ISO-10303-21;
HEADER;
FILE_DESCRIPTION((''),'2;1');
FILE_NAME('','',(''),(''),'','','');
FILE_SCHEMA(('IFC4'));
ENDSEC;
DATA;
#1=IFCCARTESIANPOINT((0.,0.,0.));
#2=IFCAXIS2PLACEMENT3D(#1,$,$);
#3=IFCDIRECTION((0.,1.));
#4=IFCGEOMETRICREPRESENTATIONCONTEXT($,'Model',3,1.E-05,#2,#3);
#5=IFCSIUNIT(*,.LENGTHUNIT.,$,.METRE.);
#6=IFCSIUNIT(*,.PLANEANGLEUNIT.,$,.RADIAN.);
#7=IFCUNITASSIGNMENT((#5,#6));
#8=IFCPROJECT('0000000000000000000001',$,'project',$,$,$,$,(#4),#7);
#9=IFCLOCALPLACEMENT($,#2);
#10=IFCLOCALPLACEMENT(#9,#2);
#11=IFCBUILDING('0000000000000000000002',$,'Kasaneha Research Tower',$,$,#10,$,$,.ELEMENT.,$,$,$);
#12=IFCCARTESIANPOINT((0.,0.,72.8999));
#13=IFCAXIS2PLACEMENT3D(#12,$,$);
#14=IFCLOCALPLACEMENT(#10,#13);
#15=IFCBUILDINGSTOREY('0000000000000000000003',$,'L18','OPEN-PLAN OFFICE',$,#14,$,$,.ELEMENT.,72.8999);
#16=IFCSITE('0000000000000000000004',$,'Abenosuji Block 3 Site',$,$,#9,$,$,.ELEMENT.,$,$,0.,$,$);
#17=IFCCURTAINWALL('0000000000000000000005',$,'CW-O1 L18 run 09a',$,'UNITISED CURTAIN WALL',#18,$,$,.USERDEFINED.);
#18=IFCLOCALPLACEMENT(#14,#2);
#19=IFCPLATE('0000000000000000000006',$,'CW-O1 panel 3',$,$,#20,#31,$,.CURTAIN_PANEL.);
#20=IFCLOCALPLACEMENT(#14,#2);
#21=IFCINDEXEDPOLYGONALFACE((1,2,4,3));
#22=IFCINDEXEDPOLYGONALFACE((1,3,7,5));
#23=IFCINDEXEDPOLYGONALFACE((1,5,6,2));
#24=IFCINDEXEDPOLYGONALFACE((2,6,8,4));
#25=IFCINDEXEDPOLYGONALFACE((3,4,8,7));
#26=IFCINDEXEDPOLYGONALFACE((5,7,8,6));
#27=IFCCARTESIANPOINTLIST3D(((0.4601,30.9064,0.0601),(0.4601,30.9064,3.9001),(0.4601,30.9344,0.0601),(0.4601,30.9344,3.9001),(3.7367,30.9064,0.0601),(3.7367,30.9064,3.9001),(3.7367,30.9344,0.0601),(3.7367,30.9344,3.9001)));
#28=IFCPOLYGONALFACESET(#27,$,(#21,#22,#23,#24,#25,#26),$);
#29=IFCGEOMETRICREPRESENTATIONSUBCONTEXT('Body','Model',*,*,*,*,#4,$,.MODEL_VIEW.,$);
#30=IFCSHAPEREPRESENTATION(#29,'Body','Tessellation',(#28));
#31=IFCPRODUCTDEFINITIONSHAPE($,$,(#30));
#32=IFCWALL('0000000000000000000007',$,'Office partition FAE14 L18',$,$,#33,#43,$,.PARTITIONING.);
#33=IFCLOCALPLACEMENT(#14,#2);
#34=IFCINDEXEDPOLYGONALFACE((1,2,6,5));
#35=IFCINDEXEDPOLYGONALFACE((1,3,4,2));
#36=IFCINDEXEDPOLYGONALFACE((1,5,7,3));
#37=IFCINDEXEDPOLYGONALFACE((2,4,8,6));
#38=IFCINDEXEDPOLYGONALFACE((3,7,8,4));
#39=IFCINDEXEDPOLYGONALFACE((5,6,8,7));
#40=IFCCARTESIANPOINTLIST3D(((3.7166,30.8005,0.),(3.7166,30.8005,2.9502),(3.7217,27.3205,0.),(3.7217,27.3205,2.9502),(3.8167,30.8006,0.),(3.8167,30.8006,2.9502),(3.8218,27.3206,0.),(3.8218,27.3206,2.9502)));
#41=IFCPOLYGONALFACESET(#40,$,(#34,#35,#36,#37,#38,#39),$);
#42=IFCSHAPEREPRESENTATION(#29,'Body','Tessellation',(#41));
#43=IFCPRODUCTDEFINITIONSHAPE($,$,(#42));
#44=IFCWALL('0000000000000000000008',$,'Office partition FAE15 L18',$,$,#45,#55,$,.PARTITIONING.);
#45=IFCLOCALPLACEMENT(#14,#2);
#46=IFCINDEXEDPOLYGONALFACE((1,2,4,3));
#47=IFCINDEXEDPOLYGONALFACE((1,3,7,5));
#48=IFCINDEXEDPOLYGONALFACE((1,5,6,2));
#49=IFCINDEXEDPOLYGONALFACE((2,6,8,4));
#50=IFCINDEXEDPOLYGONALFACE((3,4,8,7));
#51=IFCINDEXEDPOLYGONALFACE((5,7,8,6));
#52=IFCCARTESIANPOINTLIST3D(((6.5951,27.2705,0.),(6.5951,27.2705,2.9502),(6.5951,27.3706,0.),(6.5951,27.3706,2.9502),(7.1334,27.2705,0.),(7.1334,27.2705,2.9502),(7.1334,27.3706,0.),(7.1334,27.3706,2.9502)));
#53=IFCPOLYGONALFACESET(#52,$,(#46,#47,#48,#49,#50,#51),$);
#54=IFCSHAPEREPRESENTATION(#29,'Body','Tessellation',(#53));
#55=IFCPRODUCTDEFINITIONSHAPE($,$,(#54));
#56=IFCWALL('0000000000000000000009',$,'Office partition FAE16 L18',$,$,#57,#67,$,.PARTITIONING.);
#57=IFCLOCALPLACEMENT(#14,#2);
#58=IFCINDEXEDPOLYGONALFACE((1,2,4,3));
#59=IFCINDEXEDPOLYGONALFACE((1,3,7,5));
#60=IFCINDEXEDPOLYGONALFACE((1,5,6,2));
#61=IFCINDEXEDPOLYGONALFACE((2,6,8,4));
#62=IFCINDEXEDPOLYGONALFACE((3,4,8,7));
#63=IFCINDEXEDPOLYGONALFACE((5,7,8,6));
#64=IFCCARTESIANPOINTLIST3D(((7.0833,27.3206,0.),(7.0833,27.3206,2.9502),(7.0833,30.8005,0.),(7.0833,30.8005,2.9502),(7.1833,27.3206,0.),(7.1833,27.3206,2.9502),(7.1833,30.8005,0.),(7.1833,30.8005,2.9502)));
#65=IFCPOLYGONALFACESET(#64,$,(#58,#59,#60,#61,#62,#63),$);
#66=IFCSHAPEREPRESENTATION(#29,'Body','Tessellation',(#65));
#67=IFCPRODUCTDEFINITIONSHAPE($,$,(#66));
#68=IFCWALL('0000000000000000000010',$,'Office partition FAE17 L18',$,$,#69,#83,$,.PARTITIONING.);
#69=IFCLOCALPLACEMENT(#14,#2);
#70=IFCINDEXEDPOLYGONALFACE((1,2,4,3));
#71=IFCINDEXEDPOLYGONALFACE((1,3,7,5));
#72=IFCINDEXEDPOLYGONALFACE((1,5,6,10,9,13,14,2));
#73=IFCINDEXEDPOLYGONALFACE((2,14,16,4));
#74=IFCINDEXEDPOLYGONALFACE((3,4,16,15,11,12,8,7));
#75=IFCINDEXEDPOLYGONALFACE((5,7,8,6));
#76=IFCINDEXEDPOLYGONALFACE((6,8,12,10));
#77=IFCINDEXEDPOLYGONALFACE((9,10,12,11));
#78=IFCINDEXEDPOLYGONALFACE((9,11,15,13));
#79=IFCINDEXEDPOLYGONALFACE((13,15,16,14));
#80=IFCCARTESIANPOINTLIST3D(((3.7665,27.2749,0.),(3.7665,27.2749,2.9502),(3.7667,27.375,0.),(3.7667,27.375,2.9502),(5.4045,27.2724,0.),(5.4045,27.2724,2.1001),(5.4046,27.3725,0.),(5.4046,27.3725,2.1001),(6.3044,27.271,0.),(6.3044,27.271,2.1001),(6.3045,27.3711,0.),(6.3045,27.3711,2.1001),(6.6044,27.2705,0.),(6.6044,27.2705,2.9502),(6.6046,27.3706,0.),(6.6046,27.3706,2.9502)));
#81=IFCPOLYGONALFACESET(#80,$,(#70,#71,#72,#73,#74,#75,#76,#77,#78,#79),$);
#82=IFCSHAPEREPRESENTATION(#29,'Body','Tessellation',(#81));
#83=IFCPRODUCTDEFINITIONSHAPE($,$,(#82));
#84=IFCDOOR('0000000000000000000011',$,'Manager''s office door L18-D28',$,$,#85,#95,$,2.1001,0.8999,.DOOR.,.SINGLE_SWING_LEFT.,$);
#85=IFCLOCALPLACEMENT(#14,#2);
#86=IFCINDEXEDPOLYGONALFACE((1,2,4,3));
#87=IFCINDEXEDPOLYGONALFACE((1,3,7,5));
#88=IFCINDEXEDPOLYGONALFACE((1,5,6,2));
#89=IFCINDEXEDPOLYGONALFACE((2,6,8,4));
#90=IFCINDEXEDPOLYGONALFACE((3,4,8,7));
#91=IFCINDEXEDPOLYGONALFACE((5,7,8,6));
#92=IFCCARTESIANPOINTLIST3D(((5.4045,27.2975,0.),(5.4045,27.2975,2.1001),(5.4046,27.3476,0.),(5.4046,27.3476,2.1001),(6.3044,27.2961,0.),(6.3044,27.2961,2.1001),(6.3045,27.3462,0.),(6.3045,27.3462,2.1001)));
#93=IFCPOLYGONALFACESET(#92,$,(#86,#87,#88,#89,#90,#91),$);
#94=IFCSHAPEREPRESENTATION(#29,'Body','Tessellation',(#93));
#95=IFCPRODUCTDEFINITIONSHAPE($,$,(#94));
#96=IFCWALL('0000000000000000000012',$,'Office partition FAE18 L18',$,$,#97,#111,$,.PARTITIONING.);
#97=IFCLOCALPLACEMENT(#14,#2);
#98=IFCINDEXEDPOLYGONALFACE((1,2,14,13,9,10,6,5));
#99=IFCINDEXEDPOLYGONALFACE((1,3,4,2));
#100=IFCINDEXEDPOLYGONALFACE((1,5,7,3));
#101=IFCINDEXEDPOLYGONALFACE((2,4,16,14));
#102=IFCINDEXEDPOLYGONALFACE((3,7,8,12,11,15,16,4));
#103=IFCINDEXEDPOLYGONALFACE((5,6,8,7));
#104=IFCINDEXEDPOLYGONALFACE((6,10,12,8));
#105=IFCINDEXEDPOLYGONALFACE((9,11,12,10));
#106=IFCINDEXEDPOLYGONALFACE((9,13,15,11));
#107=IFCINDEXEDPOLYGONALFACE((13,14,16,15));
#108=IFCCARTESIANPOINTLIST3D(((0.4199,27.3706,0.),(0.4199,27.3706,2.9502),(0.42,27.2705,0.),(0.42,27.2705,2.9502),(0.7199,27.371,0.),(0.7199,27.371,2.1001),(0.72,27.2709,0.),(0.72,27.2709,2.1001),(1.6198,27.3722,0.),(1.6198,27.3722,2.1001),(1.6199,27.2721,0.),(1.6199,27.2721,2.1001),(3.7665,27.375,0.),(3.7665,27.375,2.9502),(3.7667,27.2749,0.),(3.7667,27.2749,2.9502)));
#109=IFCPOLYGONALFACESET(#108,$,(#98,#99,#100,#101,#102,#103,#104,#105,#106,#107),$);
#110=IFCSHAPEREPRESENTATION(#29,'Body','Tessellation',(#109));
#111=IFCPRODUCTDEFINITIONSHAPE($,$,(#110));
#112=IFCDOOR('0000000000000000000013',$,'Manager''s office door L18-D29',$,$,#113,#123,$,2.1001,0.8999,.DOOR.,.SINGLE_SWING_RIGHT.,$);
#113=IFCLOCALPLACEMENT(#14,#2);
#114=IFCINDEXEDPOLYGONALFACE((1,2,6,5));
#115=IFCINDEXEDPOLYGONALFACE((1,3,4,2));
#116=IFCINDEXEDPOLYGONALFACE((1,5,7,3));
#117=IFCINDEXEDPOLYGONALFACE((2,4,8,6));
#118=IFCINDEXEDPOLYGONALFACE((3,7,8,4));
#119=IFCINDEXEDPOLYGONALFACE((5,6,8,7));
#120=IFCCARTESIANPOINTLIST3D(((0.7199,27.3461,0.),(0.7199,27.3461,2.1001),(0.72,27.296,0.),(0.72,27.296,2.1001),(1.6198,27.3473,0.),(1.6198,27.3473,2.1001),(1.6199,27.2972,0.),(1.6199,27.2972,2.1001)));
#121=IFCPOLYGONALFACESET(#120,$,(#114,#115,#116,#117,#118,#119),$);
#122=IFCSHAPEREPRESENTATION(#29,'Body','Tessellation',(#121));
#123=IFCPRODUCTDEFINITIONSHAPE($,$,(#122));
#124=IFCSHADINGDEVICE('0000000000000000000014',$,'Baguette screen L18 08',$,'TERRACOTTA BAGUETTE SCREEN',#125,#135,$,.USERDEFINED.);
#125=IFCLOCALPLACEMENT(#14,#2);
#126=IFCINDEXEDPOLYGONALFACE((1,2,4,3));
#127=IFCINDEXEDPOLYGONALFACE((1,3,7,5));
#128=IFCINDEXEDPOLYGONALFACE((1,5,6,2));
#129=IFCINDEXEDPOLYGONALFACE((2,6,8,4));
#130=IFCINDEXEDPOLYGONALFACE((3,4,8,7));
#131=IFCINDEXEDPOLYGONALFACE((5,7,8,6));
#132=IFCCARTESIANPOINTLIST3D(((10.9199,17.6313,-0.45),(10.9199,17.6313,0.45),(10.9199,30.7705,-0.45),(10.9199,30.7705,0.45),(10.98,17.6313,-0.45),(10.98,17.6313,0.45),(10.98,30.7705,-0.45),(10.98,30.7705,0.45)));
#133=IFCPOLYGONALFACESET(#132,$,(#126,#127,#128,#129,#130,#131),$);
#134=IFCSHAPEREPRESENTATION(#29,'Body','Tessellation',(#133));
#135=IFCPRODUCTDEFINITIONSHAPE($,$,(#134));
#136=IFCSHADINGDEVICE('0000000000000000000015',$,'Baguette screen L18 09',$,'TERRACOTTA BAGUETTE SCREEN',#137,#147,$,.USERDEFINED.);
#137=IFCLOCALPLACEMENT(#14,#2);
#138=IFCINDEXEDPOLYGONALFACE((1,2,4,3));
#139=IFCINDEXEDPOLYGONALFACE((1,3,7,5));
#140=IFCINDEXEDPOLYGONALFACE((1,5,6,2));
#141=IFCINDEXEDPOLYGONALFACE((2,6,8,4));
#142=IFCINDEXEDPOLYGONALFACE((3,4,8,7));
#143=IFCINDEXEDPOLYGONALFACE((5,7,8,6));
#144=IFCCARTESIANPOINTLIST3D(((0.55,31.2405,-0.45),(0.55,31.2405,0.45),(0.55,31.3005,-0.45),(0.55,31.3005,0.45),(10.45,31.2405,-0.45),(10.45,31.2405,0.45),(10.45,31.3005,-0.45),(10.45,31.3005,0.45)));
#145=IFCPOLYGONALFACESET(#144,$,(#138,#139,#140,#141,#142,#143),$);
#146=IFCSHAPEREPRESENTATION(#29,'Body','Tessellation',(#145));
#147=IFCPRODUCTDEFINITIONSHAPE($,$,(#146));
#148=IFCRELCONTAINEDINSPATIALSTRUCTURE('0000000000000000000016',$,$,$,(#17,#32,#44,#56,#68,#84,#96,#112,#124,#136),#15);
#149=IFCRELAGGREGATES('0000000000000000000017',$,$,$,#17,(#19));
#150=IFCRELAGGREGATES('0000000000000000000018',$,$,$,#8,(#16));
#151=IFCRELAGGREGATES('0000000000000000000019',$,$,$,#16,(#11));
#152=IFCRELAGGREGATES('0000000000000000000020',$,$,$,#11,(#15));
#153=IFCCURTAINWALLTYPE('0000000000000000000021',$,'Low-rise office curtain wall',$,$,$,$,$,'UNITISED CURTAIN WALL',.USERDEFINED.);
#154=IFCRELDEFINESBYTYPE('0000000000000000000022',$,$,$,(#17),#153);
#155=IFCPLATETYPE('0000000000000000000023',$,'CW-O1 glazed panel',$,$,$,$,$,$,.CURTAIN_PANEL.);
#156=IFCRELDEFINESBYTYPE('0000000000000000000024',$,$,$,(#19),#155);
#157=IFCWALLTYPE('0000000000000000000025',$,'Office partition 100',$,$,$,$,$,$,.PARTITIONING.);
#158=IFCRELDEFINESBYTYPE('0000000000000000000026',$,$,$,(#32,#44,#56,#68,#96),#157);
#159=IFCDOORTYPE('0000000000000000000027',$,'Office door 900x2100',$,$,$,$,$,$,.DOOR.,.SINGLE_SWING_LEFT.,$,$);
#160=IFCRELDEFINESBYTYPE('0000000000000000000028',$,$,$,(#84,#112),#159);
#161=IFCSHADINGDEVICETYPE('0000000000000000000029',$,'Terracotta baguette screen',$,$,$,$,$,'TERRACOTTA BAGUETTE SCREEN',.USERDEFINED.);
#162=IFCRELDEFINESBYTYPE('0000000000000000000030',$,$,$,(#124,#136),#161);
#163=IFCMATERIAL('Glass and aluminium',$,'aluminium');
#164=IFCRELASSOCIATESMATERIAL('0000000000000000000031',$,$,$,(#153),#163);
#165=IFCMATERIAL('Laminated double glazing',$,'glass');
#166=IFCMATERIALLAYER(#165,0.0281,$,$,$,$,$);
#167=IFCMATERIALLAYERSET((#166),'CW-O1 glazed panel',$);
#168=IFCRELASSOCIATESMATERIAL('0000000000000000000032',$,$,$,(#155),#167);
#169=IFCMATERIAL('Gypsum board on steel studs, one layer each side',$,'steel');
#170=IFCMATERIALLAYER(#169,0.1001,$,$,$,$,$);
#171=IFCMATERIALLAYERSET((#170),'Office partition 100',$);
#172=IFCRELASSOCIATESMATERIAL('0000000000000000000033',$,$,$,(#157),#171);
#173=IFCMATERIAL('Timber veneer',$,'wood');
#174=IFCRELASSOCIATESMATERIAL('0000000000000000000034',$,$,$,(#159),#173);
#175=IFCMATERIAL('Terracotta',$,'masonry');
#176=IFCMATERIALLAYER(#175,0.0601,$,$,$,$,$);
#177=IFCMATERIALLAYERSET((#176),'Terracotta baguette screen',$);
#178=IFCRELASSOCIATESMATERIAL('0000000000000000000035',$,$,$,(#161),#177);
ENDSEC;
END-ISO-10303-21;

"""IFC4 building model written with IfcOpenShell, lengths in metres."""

from ifc_helpers import new_model, si_unit, direction, frame, frame_2d, origin, origin_2d, place, context, subcontext, project, spatial, rectangle, extrude, material, layer, layer_set, type_object, element, fill, aggregate, save


model = new_model("IFC4")

# Units and contexts
model_context = context("Model", 3, precision=1e-05, world=origin(), true_north=direction((0.0, 1.0)))
body_context = subcontext(model_context, "Body", "Model", "MODEL_VIEW")
ifc_project = project(units=[si_unit("LENGTHUNIT", "METRE"), si_unit("PLANEANGLEUNIT", "RADIAN")], contexts=[model_context])

# Site, building, storey
site_placement = place(None, origin())
site = spatial("IfcSite", under=ifc_project, at=site_placement, Name="Abenosuji Block 3 Site", CompositionType="ELEMENT", RefElevation=0.0)
building_placement = place(site_placement, origin())
building = spatial("IfcBuilding", under=site, at=building_placement, Name="Kasaneha Research Tower", CompositionType="ELEMENT")
storey_placement = place(building_placement, frame((0.0, 0.0, 72.8999)))
storey = spatial("IfcBuildingStorey", under=building, at=storey_placement, Name="L18", Description="OPEN-PLAN OFFICE", CompositionType="ELEMENT", Elevation=72.8999)

# Curtain wall
ifc_material_1 = material(Name="Glass and aluminium", Category="aluminium")
curtain_wall_type = type_object("IfcCurtainWallType", Name="Low-rise office curtain wall", ElementType="UNITISED CURTAIN WALL", PredefinedType="USERDEFINED", material=ifc_material_1)
curtain_wall_1_placement = place(storey_placement, origin())
curtain_wall_1 = element("IfcCurtainWall", 1, at=curtain_wall_1_placement, inside=storey, type_object=curtain_wall_type, Name="CW-O1 L18 run 09a", ObjectType="UNITISED CURTAIN WALL", PredefinedType="USERDEFINED")

# Plate
ifc_material_2 = material(Name="Laminated double glazing", Category="glass")
ifc_layer_1 = layer(ifc_material_2, 0.0281)
ifc_layer_set_1 = layer_set([ifc_layer_1], Name="CW-O1 glazed panel")
plate_type = type_object("IfcPlateType", Name="CW-O1 glazed panel", PredefinedType="CURTAIN_PANEL", material=ifc_layer_set_1)
plate_1_placement = place(storey_placement, frame((2.0984, 30.9204, 0.0601), z_axis=(0.0, 0.0, 1.0), x_axis=(-1.0, 0.0, 0.0)))
plate_1 = element("IfcPlate", 2, at=plate_1_placement, type_object=plate_type, Name="CW-O1 panel 3", PredefinedType="CURTAIN_PANEL", context=body_context, shape_type="SweptSolid", body=[
    extrude(rectangle(XDim=3.2766, YDim=0.0281, at=origin_2d()), origin(), (0.0, 0.0, 1.0), 3.8401),
])
aggregate(curtain_wall_1, [plate_1])

# Walls
ifc_material_3 = material(Name="Gypsum board on steel studs, one layer each side", Category="steel")
ifc_layer_2 = layer(ifc_material_3, 0.1001)
ifc_layer_set_2 = layer_set([ifc_layer_2], Name="Office partition 100")
wall_type = type_object("IfcWallType", Name="Office partition 100", PredefinedType="PARTITIONING", material=ifc_layer_set_2)
wall_1_placement = place(storey_placement, frame((3.7717, 27.3206, 0.0), z_axis=(0.0, 0.0, 1.0), x_axis=(-0.001473, 0.999999, 0.0)))
element("IfcWall", 3, at=wall_1_placement, inside=storey, type_object=wall_type, Name="Office partition FAE14 L18", PredefinedType="PARTITIONING", context=body_context, shape_type="SweptSolid", body=[
    extrude(rectangle(XDim=3.48, YDim=0.1001, at=frame_2d((1.74, 0.0))), origin(), (0.0, 0.0, 1.0), 2.9502),
])
wall_2_placement = place(storey_placement, frame((7.1333, 27.3206, 0.0), z_axis=(0.0, 0.0, 1.0), x_axis=(-1.0, 0.0, 0.0)))
element("IfcWall", 4, at=wall_2_placement, inside=storey, type_object=wall_type, Name="Office partition FAE15 L18", PredefinedType="PARTITIONING", context=body_context, shape_type="SweptSolid", body=[
    extrude(rectangle(XDim=0.5383, YDim=0.1001, at=frame_2d((0.269, 0.0))), origin(), (0.0, 0.0, 1.0), 2.9502),
])
wall_3_placement = place(storey_placement, frame((7.1333, 30.8005, 0.0), z_axis=(0.0, 0.0, 1.0), x_axis=(0.0, -1.0, 0.0)))
element("IfcWall", 5, at=wall_3_placement, inside=storey, type_object=wall_type, Name="Office partition FAE16 L18", PredefinedType="PARTITIONING", context=body_context, shape_type="SweptSolid", body=[
    extrude(rectangle(XDim=3.48, YDim=0.1001, at=frame_2d((1.74, 0.0))), origin(), (0.0, 0.0, 1.0), 2.9502),
])

# Walls, openings, doors
wall_4_placement = place(storey_placement, frame((6.6045, 27.3206, 0.0), z_axis=(0.0, 0.0, 1.0), x_axis=(-0.999999, 0.001549, 0.0)))
wall_4 = element("IfcWall", 6, at=wall_4_placement, inside=storey, type_object=wall_type, Name="Office partition FAE17 L18", PredefinedType="PARTITIONING", context=body_context, shape_type="SweptSolid", body=[
    extrude(rectangle(XDim=2.8379, YDim=0.1001, at=frame_2d((1.4189, 0.0))), origin(), (0.0, 0.0, 1.0), 2.9502),
])
opening_1_placement = place(wall_4_placement, frame((0.3, 0.0, 0.0)))
opening_1 = element("IfcOpeningElement", 7, at=opening_1_placement, cuts=wall_4, PredefinedType="OPENING", context=body_context, shape_type="SweptSolid", body=[
    extrude(rectangle(XDim=0.8999, YDim=2.1001, at=frame_2d((0.45, 1.05))), frame((0.0, 0.0601, 0.0), z_axis=(0.0, -1.0, 0.0), x_axis=(1.0, 0.0, 0.0)), (0.0, 0.0, 1.0), 0.1201),
])
ifc_material_4 = material(Name="Timber veneer", Category="wood")
door_type = type_object("IfcDoorType", Name="Office door 900x2100", OperationType="SINGLE_SWING_LEFT", PredefinedType="DOOR", material=ifc_material_4)
door_1_placement = place(opening_1_placement, origin())
door_1 = element("IfcDoor", 8, at=door_1_placement, inside=storey, type_object=door_type, Name="Manager's office door L18-D28", OperationType="SINGLE_SWING_LEFT", OverallHeight=2.1001, OverallWidth=0.8999, PredefinedType="DOOR", context=body_context, shape_type="SweptSolid", body=[
    extrude(rectangle(XDim=0.8999, YDim=2.1001, at=frame_2d((0.45, 1.05))), frame((0.0, 0.0249, 0.0), z_axis=(0.0, -1.0, 0.0), x_axis=(1.0, 0.0, 0.0)), (0.0, 0.0, 1.0), 0.05),
])
fill(opening_1, door_1)
wall_5_placement = place(storey_placement, frame((3.7666, 27.325, 0.0), z_axis=(0.0, 0.0, 1.0), x_axis=(-0.999999, -0.001313, 0.0)))
wall_5 = element("IfcWall", 9, at=wall_5_placement, inside=storey, type_object=wall_type, Name="Office partition FAE18 L18", PredefinedType="PARTITIONING", context=body_context, shape_type="SweptSolid", body=[
    extrude(rectangle(XDim=3.3467, YDim=0.1001, at=frame_2d((1.6733, 0.0))), origin(), (0.0, 0.0, 1.0), 2.9502),
])
opening_2_placement = place(wall_5_placement, frame((2.1467, 0.0, 0.0)))
opening_2 = element("IfcOpeningElement", 10, at=opening_2_placement, cuts=wall_5, PredefinedType="OPENING", context=body_context, shape_type="SweptSolid", body=[
    extrude(rectangle(XDim=0.8999, YDim=2.1001, at=frame_2d((0.45, 1.05))), frame((0.0, 0.0601, 0.0), z_axis=(0.0, -1.0, 0.0), x_axis=(1.0, 0.0, 0.0)), (0.0, 0.0, 1.0), 0.1201),
])
door_2_placement = place(opening_2_placement, origin())
door_2 = element("IfcDoor", 11, at=door_2_placement, inside=storey, type_object=door_type, Name="Manager's office door L18-D29", OperationType="SINGLE_SWING_RIGHT", OverallHeight=2.1001, OverallWidth=0.8999, PredefinedType="DOOR", context=body_context, shape_type="SweptSolid", body=[
    extrude(rectangle(XDim=0.8999, YDim=2.1001, at=frame_2d((0.45, 1.05))), frame((0.0, 0.0249, 0.0), z_axis=(0.0, -1.0, 0.0), x_axis=(1.0, 0.0, 0.0)), (0.0, 0.0, 1.0), 0.05),
])
fill(opening_2, door_2)

# Shading devices
ifc_material_5 = material(Name="Terracotta", Category="masonry")
ifc_layer_3 = layer(ifc_material_5, 0.0601)
ifc_layer_set_3 = layer_set([ifc_layer_3], Name="Terracotta baguette screen")
shading_device_type = type_object("IfcShadingDeviceType", Name="Terracotta baguette screen", ElementType="TERRACOTTA BAGUETTE SCREEN", PredefinedType="USERDEFINED", material=ifc_layer_set_3)
shading_device_1_placement = place(storey_placement, frame((10.95, 24.2009, -0.45), z_axis=(0.0, 0.0, 1.0), x_axis=(0.0, 1.0, 0.0)))
element("IfcShadingDevice", 12, at=shading_device_1_placement, inside=storey, type_object=shading_device_type, Name="Baguette screen L18 08", ObjectType="TERRACOTTA BAGUETTE SCREEN", PredefinedType="USERDEFINED", context=body_context, shape_type="SweptSolid", body=[
    extrude(rectangle(XDim=13.1392, YDim=0.0601, at=origin_2d()), origin(), (0.0, 0.0, 1.0), 0.8999),
])
shading_device_2_placement = place(storey_placement, frame((5.5, 31.2705, -0.45), z_axis=(0.0, 0.0, 1.0), x_axis=(-1.0, 0.0, 0.0)))
element("IfcShadingDevice", 13, at=shading_device_2_placement, inside=storey, type_object=shading_device_type, Name="Baguette screen L18 09", ObjectType="TERRACOTTA BAGUETTE SCREEN", PredefinedType="USERDEFINED", context=body_context, shape_type="SweptSolid", body=[
    extrude(rectangle(XDim=9.8999, YDim=0.0601, at=origin_2d()), origin(), (0.0, 0.0, 1.0), 0.8999),
])

save(model, "model.ifc")
